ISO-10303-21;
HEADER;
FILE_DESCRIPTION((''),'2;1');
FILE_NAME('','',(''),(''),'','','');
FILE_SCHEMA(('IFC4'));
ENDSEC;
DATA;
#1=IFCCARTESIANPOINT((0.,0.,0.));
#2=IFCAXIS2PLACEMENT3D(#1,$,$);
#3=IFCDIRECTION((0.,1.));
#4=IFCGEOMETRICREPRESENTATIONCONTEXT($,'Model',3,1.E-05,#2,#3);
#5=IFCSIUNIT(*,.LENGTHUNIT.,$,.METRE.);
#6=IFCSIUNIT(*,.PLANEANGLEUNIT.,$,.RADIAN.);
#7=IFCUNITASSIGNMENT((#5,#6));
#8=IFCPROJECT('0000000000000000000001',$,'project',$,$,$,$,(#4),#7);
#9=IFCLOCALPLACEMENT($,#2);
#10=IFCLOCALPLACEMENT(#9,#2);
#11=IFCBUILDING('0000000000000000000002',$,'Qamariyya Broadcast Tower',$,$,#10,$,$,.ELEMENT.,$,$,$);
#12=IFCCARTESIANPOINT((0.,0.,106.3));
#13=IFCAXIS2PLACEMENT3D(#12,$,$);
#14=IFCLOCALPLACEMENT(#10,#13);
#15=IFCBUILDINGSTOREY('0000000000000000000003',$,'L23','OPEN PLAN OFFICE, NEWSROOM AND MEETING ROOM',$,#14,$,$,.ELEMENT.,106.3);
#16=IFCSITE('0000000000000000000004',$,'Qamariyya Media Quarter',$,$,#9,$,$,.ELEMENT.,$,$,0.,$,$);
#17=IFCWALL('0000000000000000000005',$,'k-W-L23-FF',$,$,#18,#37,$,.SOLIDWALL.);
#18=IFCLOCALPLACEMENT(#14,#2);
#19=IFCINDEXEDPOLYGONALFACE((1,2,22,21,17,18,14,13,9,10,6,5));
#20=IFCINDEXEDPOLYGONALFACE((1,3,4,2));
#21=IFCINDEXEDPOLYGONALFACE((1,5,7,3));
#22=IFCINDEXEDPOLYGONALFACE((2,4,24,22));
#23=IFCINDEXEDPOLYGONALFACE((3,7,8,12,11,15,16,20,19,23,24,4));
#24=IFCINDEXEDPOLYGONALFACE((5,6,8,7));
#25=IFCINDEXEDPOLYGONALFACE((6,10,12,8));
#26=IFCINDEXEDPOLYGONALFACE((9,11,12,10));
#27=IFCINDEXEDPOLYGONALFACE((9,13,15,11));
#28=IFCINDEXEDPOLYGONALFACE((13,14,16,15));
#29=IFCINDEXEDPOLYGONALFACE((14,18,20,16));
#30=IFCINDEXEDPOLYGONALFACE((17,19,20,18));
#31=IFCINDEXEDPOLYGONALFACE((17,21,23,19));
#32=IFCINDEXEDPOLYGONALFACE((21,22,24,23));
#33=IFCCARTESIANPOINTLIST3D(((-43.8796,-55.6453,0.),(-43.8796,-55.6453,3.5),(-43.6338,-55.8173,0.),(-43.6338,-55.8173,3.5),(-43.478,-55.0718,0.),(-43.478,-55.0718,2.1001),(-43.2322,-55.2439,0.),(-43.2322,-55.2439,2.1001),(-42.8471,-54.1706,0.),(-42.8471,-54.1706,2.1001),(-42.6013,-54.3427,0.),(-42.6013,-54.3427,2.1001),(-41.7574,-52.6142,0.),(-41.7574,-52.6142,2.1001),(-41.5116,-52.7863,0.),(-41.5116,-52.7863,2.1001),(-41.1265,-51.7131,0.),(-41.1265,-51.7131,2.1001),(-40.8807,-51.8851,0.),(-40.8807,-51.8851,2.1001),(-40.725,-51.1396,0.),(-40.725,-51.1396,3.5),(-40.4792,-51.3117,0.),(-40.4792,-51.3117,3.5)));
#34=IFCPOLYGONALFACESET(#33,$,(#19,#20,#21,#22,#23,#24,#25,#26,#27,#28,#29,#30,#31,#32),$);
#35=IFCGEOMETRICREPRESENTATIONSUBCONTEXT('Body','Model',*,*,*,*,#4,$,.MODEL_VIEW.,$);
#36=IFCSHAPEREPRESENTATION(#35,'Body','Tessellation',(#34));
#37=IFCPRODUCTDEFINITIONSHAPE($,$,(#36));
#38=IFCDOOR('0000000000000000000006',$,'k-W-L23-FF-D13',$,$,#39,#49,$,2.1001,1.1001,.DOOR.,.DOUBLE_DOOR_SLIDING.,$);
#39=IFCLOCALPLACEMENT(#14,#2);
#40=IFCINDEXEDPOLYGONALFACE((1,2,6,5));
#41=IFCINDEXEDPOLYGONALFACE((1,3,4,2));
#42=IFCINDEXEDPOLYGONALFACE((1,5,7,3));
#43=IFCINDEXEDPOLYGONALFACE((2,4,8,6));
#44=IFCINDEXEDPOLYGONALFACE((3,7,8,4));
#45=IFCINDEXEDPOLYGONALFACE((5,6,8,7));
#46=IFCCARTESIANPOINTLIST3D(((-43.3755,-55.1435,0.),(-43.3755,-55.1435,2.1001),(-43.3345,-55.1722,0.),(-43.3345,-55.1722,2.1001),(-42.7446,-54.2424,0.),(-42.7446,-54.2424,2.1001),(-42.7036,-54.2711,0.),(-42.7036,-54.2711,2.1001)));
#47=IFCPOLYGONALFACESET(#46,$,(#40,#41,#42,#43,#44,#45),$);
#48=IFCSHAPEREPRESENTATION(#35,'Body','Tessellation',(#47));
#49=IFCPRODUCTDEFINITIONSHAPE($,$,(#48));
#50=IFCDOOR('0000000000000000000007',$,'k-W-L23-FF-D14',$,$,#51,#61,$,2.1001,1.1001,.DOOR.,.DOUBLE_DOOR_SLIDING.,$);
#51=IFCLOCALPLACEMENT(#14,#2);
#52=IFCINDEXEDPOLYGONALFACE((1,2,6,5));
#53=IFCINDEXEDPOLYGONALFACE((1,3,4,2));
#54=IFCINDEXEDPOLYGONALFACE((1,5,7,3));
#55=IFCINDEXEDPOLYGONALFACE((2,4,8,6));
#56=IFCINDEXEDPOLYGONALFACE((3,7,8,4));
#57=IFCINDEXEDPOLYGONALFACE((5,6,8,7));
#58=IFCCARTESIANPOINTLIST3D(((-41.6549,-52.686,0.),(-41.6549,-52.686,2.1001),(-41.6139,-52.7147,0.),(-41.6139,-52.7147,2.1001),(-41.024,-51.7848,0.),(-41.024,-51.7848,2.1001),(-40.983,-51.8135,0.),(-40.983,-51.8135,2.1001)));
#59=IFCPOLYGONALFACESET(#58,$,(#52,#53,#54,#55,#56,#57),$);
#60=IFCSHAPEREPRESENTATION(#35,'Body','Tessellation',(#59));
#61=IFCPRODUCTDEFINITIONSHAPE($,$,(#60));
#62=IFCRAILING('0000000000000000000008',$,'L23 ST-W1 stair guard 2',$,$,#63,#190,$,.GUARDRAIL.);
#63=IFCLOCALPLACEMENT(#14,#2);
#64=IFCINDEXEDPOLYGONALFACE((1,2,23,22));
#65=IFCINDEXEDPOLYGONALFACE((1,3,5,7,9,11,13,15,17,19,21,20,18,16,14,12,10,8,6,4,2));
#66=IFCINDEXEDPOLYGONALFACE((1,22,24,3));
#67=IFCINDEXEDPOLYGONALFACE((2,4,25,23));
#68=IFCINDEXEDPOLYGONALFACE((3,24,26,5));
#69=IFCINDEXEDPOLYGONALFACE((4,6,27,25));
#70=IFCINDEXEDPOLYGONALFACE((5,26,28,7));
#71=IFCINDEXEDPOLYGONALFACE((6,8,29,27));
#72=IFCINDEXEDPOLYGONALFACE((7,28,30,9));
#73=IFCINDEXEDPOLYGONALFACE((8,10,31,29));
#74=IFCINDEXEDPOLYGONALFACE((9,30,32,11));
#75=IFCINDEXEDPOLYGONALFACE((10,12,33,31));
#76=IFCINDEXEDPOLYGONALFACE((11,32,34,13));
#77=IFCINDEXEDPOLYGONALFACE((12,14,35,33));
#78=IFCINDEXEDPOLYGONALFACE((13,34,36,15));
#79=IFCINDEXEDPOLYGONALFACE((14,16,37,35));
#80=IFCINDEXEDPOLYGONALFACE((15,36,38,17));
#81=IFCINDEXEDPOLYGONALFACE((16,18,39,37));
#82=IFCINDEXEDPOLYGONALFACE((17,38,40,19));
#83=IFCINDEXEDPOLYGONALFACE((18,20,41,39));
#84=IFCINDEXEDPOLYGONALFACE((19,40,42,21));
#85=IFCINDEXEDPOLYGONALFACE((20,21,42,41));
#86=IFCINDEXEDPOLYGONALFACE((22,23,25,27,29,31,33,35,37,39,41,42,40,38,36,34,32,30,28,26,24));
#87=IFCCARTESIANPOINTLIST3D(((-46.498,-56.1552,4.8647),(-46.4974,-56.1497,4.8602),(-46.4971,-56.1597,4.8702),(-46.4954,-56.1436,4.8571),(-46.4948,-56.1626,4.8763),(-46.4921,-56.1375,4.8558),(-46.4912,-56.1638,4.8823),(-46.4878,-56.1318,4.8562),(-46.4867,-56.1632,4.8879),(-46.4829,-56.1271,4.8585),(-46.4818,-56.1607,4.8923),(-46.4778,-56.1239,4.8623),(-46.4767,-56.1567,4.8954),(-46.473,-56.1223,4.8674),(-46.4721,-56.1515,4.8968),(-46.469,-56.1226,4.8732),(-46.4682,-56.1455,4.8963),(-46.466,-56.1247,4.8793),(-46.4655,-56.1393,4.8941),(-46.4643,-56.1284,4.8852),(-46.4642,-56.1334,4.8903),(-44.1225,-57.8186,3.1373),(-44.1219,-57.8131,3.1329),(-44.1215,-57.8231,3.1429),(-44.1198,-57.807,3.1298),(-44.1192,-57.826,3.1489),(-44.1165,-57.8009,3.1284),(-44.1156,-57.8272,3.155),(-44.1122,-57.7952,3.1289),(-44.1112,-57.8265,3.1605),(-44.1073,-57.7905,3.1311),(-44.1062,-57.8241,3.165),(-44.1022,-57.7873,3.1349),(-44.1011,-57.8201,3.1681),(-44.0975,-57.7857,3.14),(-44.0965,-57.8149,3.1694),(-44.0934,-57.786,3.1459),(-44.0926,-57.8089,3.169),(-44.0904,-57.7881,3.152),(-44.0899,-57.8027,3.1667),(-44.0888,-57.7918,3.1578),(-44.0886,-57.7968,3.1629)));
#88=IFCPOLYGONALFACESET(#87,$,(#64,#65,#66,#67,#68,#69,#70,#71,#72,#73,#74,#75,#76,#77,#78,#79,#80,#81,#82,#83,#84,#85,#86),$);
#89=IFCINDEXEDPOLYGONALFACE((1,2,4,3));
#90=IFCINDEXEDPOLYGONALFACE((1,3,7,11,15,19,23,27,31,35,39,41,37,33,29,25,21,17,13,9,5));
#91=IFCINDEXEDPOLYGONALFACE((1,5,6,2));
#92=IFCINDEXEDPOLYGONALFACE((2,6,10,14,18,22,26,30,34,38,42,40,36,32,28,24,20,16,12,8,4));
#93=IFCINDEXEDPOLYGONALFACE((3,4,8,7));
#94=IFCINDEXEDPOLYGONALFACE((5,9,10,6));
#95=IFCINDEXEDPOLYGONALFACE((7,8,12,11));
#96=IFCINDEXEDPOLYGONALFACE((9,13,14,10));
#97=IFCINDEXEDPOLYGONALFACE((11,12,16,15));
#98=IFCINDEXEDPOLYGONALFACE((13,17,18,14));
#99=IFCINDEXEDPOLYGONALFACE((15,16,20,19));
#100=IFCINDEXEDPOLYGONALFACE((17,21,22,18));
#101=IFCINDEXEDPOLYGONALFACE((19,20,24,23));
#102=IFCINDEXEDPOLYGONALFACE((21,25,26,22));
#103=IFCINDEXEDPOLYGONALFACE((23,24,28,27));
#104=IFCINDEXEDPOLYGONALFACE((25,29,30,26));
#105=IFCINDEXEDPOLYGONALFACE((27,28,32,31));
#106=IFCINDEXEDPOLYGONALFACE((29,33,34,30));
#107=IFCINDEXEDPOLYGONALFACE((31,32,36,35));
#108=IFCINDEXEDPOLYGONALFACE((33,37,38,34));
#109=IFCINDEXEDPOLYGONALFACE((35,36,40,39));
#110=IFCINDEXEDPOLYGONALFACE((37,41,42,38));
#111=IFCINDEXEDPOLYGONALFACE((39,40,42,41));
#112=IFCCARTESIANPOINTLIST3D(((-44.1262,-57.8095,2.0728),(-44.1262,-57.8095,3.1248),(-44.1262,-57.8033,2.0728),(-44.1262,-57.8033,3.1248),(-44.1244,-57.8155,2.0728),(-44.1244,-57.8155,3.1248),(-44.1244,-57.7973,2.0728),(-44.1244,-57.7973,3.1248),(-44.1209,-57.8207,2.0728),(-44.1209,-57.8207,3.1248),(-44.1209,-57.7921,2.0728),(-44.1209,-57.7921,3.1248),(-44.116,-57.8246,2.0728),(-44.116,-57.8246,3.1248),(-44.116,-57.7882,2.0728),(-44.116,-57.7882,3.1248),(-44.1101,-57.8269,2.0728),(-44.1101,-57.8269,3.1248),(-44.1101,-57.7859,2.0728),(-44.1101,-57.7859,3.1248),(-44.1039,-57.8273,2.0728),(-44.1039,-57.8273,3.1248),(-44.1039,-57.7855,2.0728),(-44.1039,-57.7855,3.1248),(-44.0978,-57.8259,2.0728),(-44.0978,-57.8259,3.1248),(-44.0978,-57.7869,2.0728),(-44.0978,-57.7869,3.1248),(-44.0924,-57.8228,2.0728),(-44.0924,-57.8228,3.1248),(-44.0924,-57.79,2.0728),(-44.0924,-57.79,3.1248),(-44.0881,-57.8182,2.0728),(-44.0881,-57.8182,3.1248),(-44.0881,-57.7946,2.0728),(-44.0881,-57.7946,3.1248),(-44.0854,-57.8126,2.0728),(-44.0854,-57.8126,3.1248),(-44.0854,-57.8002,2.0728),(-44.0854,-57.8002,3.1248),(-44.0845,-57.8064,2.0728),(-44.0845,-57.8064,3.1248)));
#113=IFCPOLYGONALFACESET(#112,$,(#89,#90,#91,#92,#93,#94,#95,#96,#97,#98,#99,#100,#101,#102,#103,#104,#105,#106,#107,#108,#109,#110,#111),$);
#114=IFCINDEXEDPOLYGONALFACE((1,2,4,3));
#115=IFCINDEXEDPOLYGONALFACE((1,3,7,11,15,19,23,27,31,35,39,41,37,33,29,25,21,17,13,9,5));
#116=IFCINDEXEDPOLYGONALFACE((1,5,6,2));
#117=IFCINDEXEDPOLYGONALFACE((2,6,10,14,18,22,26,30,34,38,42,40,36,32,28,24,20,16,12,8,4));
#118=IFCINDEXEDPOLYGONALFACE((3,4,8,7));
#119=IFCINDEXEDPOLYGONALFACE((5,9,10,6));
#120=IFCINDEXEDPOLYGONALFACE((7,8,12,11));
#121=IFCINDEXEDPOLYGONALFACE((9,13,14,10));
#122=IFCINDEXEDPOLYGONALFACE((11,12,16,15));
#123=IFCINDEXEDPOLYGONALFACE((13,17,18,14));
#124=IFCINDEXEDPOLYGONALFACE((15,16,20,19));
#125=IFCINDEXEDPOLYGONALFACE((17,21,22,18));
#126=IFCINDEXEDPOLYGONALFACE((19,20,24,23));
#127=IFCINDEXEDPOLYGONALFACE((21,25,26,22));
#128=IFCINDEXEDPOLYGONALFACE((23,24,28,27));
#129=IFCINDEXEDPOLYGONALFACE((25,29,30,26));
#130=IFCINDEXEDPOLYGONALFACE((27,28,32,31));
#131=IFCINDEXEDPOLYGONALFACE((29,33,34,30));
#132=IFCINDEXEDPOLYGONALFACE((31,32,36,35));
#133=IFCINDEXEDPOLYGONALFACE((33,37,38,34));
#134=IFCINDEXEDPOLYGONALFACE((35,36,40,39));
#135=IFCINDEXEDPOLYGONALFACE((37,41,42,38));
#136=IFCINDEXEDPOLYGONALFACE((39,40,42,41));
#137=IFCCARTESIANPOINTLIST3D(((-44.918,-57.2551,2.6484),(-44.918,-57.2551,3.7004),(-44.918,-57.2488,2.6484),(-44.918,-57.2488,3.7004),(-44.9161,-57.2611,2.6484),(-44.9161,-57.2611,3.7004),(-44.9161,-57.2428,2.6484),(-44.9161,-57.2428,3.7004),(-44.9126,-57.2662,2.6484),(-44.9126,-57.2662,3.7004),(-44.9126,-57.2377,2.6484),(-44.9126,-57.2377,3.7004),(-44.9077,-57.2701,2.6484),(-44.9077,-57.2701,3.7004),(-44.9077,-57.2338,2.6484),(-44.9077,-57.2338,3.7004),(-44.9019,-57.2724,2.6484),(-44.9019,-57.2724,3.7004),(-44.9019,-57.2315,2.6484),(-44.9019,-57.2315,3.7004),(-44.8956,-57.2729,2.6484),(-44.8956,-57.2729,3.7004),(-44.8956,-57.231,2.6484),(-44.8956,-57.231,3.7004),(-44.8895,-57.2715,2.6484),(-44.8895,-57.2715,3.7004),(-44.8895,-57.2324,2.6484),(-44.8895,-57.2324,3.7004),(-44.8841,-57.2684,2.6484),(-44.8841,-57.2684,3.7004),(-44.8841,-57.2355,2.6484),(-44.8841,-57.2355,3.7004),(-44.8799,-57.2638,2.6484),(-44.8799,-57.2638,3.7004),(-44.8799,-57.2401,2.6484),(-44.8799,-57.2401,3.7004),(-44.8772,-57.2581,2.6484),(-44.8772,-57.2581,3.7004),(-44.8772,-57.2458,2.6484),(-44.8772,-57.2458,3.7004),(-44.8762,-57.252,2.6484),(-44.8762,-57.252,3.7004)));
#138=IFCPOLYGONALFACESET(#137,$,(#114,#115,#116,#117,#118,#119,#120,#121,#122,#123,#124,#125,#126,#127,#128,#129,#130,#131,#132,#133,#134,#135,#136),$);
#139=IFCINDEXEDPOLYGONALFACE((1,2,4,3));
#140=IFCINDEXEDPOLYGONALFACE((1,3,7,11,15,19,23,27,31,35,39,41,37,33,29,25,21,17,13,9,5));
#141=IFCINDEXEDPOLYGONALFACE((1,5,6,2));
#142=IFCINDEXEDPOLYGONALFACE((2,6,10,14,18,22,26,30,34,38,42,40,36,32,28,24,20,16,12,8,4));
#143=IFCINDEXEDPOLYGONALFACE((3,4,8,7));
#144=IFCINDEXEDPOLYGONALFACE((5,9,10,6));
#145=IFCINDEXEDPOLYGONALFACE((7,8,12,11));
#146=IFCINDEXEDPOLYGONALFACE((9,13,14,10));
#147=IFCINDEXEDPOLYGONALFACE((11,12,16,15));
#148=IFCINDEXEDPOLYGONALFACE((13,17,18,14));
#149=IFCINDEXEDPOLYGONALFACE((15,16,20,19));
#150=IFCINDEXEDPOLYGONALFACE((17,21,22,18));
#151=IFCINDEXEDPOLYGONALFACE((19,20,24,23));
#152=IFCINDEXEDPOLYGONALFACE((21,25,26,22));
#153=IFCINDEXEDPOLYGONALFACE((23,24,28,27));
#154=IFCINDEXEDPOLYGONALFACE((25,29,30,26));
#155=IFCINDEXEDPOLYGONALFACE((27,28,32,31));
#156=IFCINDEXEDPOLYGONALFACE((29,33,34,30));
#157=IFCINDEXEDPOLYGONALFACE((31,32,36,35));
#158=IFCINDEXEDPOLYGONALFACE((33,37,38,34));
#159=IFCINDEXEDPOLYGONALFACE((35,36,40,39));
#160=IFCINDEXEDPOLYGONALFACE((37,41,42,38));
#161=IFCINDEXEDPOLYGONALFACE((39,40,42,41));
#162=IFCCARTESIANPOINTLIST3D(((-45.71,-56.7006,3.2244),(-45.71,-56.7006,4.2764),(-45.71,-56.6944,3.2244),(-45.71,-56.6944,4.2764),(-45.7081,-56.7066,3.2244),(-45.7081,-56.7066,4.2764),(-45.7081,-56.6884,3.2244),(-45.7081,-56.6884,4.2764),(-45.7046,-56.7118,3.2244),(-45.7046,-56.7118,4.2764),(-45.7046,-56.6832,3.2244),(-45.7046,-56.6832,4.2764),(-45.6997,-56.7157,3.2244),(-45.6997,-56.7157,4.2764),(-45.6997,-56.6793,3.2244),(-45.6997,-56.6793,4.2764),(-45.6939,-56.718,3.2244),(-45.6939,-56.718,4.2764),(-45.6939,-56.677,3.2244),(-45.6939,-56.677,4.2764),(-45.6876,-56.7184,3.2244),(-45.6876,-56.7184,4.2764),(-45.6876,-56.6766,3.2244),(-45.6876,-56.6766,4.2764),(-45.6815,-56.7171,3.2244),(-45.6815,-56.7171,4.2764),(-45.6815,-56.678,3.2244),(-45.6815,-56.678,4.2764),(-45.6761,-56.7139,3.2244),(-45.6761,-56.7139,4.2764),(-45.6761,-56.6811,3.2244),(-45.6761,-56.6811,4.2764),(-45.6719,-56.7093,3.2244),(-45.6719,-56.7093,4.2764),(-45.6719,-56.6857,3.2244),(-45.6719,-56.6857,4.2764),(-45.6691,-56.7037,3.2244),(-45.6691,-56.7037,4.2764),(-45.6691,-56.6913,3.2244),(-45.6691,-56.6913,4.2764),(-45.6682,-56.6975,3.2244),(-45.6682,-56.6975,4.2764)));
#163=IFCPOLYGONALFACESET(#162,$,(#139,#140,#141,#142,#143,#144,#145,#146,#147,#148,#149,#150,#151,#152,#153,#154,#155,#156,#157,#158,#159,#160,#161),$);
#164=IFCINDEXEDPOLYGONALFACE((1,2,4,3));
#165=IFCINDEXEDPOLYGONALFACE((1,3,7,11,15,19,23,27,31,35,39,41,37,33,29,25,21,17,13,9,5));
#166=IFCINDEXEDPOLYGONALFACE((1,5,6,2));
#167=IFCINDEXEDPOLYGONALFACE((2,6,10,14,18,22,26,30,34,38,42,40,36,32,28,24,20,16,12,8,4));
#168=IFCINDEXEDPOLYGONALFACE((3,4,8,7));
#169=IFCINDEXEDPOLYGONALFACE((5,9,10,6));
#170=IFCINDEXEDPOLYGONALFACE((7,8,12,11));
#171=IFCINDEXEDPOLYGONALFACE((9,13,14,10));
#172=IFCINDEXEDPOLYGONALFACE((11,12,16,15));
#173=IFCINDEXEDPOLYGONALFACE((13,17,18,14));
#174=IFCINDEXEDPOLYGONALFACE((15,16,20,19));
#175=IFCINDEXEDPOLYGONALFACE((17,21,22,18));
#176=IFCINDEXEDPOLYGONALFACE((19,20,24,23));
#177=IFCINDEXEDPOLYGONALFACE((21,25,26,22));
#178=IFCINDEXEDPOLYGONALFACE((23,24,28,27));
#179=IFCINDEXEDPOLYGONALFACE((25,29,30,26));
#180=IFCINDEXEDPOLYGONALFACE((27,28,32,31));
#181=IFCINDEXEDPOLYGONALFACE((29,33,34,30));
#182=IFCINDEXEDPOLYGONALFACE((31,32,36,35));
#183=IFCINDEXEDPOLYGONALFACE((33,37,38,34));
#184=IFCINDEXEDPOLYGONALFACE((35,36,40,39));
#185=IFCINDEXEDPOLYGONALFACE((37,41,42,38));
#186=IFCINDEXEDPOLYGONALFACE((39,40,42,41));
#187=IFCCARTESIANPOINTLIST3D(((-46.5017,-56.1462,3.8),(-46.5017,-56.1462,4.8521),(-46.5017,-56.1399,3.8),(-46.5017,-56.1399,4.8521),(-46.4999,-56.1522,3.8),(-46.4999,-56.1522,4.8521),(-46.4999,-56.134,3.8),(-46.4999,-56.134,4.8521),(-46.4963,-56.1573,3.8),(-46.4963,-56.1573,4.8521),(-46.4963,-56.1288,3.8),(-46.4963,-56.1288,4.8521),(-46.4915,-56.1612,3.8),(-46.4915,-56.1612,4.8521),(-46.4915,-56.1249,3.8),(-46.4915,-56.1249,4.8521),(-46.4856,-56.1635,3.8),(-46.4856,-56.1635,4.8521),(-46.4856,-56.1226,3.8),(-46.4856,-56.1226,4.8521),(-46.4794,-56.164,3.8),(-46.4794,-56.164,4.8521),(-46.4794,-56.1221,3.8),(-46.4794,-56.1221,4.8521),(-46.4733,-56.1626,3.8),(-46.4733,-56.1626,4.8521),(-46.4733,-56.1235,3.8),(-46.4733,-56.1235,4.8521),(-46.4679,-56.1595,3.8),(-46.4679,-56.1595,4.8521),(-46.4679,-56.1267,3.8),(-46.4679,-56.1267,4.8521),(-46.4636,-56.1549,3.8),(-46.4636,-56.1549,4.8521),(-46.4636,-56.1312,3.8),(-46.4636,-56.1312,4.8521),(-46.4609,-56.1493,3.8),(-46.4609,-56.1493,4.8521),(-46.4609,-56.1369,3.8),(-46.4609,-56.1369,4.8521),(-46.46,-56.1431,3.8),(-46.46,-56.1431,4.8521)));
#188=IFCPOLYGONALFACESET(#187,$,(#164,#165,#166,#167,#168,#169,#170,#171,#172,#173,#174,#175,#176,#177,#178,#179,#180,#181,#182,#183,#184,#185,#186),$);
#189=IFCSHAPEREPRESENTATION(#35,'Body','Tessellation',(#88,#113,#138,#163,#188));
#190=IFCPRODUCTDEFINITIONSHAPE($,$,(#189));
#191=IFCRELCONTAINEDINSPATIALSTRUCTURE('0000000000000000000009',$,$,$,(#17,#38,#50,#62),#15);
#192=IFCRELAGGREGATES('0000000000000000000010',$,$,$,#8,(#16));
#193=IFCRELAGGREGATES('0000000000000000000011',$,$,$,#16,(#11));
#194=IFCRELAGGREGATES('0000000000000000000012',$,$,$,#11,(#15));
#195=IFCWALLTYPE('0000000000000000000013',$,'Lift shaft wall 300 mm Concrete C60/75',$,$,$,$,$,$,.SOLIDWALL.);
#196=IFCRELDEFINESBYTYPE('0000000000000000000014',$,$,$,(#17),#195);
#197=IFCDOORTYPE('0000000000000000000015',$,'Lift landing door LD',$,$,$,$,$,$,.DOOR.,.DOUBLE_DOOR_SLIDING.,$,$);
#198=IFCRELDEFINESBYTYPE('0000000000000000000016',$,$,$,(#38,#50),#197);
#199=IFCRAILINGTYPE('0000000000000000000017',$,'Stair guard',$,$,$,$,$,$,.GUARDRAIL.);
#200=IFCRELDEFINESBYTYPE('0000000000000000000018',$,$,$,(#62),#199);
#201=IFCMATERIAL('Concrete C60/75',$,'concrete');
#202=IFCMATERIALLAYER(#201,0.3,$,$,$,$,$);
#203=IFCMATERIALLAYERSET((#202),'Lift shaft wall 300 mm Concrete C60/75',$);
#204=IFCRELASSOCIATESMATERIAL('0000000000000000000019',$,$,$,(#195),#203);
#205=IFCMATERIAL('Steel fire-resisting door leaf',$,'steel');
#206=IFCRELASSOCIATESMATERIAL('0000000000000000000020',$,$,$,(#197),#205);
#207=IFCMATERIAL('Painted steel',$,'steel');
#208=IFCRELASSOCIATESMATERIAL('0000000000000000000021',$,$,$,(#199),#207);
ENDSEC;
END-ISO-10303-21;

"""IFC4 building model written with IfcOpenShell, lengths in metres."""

from ifc_helpers import new_model, si_unit, direction, frame, frame_2d, origin, origin_2d, place, context, subcontext, project, spatial, rectangle, circle, extrude, material, layer, layer_set, type_object, element, fill, save


model = new_model("IFC4")

# Units and contexts
model_context = context("Model", 3, precision=1e-05, world=origin(), true_north=direction((0.0, 1.0)))
body_context = subcontext(model_context, "Body", "Model", "MODEL_VIEW")
ifc_project = project(units=[si_unit("LENGTHUNIT", "METRE"), si_unit("PLANEANGLEUNIT", "RADIAN")], contexts=[model_context])

# Site, building, storey
site_placement = place(None, origin())
site = spatial("IfcSite", under=ifc_project, at=site_placement, Name="Qamariyya Media Quarter", CompositionType="ELEMENT", RefElevation=0.0)
building_placement = place(site_placement, origin())
building = spatial("IfcBuilding", under=site, at=building_placement, Name="Qamariyya Broadcast Tower", CompositionType="ELEMENT")
storey_placement = place(building_placement, frame((0.0, 0.0, 106.3)))
storey = spatial("IfcBuildingStorey", under=building, at=storey_placement, Name="L23", Description="OPEN PLAN OFFICE, NEWSROOM AND MEETING ROOM", CompositionType="ELEMENT", Elevation=106.3)

# Shared definitions
ifc_material_1 = material(Name="Steel fire-resisting door leaf", Category="steel")

# Shared definitions
ifc_material_2 = material(Name="Concrete C60/75", Category="concrete")
ifc_layer_1 = layer(ifc_material_2, 0.3)
ifc_layer_set_1 = layer_set([ifc_layer_1], Name="Lift shaft wall 300 mm Concrete C60/75")
wall_type_1 = type_object("IfcWallType", Name="Lift shaft wall 300 mm Concrete C60/75", PredefinedType="SOLIDWALL", material=ifc_layer_set_1)

# Wall, openings, doors
wall_1_placement = place(storey_placement, frame((-43.7566, -55.7312, 0.0), z_axis=(0.0, 0.0, 1.0), x_axis=(0.573537, 0.81918, 0.0)))
wall_1 = element("IfcWall", 1, at=wall_1_placement, inside=storey, type_object=wall_type_1, Name="k-W-L23-FF", PredefinedType="SOLIDWALL", context=body_context, shape_type="SweptSolid", body=[
    extrude(rectangle(XDim=5.5002, YDim=0.3, at=frame_2d((2.75, 0.0))), origin(), (0.0, 0.0, 1.0), 3.5),
])
opening_1_placement = place(wall_1_placement, frame((0.7, 0.0, 0.0)))
opening_1 = element("IfcOpeningElement", 2, at=opening_1_placement, cuts=wall_1, PredefinedType="OPENING", context=body_context, shape_type="SweptSolid", body=[
    extrude(rectangle(XDim=1.1001, YDim=2.1001, at=frame_2d((0.55, 1.05))), frame((0.0, 0.1599, 0.0), z_axis=(0.0, -1.0, 0.0), x_axis=(1.0, 0.0, 0.0)), (0.0, 0.0, 1.0), 0.3201),
])
opening_2_placement = place(wall_1_placement, frame((3.7, 0.0, 0.0)))
opening_2 = element("IfcOpeningElement", 3, at=opening_2_placement, cuts=wall_1, PredefinedType="OPENING", context=body_context, shape_type="SweptSolid", body=[
    extrude(rectangle(XDim=1.1001, YDim=2.1001, at=frame_2d((0.55, 1.05))), frame((0.0, 0.1599, 0.0), z_axis=(0.0, -1.0, 0.0), x_axis=(1.0, 0.0, 0.0)), (0.0, 0.0, 1.0), 0.3201),
])
door_type_1 = type_object("IfcDoorType", Name="Lift landing door LD", OperationType="DOUBLE_DOOR_SLIDING", PredefinedType="DOOR", material=ifc_material_1)
door_1_placement = place(opening_1_placement, origin())
door_1 = element("IfcDoor", 4, at=door_1_placement, inside=storey, type_object=door_type_1, Name="k-W-L23-FF-D13", OperationType="DOUBLE_DOOR_SLIDING", OverallHeight=2.1001, OverallWidth=1.1001, PredefinedType="DOOR", context=body_context, shape_type="SweptSolid", body=[
    extrude(rectangle(XDim=1.1001, YDim=2.1001, at=frame_2d((0.55, 1.05))), frame((0.0, 0.0249, 0.0), z_axis=(0.0, -1.0, 0.0), x_axis=(1.0, 0.0, 0.0)), (0.0, 0.0, 1.0), 0.05),
])
fill(opening_1, door_1)
door_2_placement = place(opening_2_placement, origin())
door_2 = element("IfcDoor", 5, at=door_2_placement, inside=storey, type_object=door_type_1, Name="k-W-L23-FF-D14", OperationType="DOUBLE_DOOR_SLIDING", OverallHeight=2.1001, OverallWidth=1.1001, PredefinedType="DOOR", context=body_context, shape_type="SweptSolid", body=[
    extrude(rectangle(XDim=1.1001, YDim=2.1001, at=frame_2d((0.55, 1.05))), frame((0.0, 0.0249, 0.0), z_axis=(0.0, -1.0, 0.0), x_axis=(1.0, 0.0, 0.0)), (0.0, 0.0, 1.0), 0.05),
])
fill(opening_2, door_2)

# Railing
ifc_material_3 = material(Name="Painted steel", Category="steel")
railing_type_1 = type_object("IfcRailingType", Name="Stair guard", PredefinedType="GUARDRAIL", material=ifc_material_3)
railing_1_placement = place(storey_placement, frame((-44.1055, -57.8064, 2.0728)))
element("IfcRailing", 6, at=railing_1_placement, inside=storey, type_object=railing_type_1, Name="L23 ST-W1 stair guard 2", PredefinedType="GUARDRAIL", context=body_context, shape_type="SweptSolid", body=[
    extrude(circle(Radius=0.0239, at=origin_2d()), frame((0.0, 0.0, 1.0762), z_axis=(-0.70377, 0.492784, 0.511734), x_axis=(-0.573575, -0.819153, 0.0)), (0.0, 0.0, 1.0), 3.3755),
    extrude(circle(Radius=0.021, at=origin_2d()), origin(), (0.0, 0.0, 1.0), 1.052),
    extrude(circle(Radius=0.021, at=origin_2d()), frame((-0.7917, 0.5544, 0.5757)), (0.0, 0.0, 1.0), 1.052),
    extrude(circle(Radius=0.021, at=origin_2d()), frame((-1.5837, 1.1089, 1.1516)), (0.0, 0.0, 1.0), 1.052),
    extrude(circle(Radius=0.021, at=origin_2d()), frame((-2.3755, 1.6633, 1.7273)), (0.0, 0.0, 1.0), 1.052),
])

save(model, "model.ifc")
